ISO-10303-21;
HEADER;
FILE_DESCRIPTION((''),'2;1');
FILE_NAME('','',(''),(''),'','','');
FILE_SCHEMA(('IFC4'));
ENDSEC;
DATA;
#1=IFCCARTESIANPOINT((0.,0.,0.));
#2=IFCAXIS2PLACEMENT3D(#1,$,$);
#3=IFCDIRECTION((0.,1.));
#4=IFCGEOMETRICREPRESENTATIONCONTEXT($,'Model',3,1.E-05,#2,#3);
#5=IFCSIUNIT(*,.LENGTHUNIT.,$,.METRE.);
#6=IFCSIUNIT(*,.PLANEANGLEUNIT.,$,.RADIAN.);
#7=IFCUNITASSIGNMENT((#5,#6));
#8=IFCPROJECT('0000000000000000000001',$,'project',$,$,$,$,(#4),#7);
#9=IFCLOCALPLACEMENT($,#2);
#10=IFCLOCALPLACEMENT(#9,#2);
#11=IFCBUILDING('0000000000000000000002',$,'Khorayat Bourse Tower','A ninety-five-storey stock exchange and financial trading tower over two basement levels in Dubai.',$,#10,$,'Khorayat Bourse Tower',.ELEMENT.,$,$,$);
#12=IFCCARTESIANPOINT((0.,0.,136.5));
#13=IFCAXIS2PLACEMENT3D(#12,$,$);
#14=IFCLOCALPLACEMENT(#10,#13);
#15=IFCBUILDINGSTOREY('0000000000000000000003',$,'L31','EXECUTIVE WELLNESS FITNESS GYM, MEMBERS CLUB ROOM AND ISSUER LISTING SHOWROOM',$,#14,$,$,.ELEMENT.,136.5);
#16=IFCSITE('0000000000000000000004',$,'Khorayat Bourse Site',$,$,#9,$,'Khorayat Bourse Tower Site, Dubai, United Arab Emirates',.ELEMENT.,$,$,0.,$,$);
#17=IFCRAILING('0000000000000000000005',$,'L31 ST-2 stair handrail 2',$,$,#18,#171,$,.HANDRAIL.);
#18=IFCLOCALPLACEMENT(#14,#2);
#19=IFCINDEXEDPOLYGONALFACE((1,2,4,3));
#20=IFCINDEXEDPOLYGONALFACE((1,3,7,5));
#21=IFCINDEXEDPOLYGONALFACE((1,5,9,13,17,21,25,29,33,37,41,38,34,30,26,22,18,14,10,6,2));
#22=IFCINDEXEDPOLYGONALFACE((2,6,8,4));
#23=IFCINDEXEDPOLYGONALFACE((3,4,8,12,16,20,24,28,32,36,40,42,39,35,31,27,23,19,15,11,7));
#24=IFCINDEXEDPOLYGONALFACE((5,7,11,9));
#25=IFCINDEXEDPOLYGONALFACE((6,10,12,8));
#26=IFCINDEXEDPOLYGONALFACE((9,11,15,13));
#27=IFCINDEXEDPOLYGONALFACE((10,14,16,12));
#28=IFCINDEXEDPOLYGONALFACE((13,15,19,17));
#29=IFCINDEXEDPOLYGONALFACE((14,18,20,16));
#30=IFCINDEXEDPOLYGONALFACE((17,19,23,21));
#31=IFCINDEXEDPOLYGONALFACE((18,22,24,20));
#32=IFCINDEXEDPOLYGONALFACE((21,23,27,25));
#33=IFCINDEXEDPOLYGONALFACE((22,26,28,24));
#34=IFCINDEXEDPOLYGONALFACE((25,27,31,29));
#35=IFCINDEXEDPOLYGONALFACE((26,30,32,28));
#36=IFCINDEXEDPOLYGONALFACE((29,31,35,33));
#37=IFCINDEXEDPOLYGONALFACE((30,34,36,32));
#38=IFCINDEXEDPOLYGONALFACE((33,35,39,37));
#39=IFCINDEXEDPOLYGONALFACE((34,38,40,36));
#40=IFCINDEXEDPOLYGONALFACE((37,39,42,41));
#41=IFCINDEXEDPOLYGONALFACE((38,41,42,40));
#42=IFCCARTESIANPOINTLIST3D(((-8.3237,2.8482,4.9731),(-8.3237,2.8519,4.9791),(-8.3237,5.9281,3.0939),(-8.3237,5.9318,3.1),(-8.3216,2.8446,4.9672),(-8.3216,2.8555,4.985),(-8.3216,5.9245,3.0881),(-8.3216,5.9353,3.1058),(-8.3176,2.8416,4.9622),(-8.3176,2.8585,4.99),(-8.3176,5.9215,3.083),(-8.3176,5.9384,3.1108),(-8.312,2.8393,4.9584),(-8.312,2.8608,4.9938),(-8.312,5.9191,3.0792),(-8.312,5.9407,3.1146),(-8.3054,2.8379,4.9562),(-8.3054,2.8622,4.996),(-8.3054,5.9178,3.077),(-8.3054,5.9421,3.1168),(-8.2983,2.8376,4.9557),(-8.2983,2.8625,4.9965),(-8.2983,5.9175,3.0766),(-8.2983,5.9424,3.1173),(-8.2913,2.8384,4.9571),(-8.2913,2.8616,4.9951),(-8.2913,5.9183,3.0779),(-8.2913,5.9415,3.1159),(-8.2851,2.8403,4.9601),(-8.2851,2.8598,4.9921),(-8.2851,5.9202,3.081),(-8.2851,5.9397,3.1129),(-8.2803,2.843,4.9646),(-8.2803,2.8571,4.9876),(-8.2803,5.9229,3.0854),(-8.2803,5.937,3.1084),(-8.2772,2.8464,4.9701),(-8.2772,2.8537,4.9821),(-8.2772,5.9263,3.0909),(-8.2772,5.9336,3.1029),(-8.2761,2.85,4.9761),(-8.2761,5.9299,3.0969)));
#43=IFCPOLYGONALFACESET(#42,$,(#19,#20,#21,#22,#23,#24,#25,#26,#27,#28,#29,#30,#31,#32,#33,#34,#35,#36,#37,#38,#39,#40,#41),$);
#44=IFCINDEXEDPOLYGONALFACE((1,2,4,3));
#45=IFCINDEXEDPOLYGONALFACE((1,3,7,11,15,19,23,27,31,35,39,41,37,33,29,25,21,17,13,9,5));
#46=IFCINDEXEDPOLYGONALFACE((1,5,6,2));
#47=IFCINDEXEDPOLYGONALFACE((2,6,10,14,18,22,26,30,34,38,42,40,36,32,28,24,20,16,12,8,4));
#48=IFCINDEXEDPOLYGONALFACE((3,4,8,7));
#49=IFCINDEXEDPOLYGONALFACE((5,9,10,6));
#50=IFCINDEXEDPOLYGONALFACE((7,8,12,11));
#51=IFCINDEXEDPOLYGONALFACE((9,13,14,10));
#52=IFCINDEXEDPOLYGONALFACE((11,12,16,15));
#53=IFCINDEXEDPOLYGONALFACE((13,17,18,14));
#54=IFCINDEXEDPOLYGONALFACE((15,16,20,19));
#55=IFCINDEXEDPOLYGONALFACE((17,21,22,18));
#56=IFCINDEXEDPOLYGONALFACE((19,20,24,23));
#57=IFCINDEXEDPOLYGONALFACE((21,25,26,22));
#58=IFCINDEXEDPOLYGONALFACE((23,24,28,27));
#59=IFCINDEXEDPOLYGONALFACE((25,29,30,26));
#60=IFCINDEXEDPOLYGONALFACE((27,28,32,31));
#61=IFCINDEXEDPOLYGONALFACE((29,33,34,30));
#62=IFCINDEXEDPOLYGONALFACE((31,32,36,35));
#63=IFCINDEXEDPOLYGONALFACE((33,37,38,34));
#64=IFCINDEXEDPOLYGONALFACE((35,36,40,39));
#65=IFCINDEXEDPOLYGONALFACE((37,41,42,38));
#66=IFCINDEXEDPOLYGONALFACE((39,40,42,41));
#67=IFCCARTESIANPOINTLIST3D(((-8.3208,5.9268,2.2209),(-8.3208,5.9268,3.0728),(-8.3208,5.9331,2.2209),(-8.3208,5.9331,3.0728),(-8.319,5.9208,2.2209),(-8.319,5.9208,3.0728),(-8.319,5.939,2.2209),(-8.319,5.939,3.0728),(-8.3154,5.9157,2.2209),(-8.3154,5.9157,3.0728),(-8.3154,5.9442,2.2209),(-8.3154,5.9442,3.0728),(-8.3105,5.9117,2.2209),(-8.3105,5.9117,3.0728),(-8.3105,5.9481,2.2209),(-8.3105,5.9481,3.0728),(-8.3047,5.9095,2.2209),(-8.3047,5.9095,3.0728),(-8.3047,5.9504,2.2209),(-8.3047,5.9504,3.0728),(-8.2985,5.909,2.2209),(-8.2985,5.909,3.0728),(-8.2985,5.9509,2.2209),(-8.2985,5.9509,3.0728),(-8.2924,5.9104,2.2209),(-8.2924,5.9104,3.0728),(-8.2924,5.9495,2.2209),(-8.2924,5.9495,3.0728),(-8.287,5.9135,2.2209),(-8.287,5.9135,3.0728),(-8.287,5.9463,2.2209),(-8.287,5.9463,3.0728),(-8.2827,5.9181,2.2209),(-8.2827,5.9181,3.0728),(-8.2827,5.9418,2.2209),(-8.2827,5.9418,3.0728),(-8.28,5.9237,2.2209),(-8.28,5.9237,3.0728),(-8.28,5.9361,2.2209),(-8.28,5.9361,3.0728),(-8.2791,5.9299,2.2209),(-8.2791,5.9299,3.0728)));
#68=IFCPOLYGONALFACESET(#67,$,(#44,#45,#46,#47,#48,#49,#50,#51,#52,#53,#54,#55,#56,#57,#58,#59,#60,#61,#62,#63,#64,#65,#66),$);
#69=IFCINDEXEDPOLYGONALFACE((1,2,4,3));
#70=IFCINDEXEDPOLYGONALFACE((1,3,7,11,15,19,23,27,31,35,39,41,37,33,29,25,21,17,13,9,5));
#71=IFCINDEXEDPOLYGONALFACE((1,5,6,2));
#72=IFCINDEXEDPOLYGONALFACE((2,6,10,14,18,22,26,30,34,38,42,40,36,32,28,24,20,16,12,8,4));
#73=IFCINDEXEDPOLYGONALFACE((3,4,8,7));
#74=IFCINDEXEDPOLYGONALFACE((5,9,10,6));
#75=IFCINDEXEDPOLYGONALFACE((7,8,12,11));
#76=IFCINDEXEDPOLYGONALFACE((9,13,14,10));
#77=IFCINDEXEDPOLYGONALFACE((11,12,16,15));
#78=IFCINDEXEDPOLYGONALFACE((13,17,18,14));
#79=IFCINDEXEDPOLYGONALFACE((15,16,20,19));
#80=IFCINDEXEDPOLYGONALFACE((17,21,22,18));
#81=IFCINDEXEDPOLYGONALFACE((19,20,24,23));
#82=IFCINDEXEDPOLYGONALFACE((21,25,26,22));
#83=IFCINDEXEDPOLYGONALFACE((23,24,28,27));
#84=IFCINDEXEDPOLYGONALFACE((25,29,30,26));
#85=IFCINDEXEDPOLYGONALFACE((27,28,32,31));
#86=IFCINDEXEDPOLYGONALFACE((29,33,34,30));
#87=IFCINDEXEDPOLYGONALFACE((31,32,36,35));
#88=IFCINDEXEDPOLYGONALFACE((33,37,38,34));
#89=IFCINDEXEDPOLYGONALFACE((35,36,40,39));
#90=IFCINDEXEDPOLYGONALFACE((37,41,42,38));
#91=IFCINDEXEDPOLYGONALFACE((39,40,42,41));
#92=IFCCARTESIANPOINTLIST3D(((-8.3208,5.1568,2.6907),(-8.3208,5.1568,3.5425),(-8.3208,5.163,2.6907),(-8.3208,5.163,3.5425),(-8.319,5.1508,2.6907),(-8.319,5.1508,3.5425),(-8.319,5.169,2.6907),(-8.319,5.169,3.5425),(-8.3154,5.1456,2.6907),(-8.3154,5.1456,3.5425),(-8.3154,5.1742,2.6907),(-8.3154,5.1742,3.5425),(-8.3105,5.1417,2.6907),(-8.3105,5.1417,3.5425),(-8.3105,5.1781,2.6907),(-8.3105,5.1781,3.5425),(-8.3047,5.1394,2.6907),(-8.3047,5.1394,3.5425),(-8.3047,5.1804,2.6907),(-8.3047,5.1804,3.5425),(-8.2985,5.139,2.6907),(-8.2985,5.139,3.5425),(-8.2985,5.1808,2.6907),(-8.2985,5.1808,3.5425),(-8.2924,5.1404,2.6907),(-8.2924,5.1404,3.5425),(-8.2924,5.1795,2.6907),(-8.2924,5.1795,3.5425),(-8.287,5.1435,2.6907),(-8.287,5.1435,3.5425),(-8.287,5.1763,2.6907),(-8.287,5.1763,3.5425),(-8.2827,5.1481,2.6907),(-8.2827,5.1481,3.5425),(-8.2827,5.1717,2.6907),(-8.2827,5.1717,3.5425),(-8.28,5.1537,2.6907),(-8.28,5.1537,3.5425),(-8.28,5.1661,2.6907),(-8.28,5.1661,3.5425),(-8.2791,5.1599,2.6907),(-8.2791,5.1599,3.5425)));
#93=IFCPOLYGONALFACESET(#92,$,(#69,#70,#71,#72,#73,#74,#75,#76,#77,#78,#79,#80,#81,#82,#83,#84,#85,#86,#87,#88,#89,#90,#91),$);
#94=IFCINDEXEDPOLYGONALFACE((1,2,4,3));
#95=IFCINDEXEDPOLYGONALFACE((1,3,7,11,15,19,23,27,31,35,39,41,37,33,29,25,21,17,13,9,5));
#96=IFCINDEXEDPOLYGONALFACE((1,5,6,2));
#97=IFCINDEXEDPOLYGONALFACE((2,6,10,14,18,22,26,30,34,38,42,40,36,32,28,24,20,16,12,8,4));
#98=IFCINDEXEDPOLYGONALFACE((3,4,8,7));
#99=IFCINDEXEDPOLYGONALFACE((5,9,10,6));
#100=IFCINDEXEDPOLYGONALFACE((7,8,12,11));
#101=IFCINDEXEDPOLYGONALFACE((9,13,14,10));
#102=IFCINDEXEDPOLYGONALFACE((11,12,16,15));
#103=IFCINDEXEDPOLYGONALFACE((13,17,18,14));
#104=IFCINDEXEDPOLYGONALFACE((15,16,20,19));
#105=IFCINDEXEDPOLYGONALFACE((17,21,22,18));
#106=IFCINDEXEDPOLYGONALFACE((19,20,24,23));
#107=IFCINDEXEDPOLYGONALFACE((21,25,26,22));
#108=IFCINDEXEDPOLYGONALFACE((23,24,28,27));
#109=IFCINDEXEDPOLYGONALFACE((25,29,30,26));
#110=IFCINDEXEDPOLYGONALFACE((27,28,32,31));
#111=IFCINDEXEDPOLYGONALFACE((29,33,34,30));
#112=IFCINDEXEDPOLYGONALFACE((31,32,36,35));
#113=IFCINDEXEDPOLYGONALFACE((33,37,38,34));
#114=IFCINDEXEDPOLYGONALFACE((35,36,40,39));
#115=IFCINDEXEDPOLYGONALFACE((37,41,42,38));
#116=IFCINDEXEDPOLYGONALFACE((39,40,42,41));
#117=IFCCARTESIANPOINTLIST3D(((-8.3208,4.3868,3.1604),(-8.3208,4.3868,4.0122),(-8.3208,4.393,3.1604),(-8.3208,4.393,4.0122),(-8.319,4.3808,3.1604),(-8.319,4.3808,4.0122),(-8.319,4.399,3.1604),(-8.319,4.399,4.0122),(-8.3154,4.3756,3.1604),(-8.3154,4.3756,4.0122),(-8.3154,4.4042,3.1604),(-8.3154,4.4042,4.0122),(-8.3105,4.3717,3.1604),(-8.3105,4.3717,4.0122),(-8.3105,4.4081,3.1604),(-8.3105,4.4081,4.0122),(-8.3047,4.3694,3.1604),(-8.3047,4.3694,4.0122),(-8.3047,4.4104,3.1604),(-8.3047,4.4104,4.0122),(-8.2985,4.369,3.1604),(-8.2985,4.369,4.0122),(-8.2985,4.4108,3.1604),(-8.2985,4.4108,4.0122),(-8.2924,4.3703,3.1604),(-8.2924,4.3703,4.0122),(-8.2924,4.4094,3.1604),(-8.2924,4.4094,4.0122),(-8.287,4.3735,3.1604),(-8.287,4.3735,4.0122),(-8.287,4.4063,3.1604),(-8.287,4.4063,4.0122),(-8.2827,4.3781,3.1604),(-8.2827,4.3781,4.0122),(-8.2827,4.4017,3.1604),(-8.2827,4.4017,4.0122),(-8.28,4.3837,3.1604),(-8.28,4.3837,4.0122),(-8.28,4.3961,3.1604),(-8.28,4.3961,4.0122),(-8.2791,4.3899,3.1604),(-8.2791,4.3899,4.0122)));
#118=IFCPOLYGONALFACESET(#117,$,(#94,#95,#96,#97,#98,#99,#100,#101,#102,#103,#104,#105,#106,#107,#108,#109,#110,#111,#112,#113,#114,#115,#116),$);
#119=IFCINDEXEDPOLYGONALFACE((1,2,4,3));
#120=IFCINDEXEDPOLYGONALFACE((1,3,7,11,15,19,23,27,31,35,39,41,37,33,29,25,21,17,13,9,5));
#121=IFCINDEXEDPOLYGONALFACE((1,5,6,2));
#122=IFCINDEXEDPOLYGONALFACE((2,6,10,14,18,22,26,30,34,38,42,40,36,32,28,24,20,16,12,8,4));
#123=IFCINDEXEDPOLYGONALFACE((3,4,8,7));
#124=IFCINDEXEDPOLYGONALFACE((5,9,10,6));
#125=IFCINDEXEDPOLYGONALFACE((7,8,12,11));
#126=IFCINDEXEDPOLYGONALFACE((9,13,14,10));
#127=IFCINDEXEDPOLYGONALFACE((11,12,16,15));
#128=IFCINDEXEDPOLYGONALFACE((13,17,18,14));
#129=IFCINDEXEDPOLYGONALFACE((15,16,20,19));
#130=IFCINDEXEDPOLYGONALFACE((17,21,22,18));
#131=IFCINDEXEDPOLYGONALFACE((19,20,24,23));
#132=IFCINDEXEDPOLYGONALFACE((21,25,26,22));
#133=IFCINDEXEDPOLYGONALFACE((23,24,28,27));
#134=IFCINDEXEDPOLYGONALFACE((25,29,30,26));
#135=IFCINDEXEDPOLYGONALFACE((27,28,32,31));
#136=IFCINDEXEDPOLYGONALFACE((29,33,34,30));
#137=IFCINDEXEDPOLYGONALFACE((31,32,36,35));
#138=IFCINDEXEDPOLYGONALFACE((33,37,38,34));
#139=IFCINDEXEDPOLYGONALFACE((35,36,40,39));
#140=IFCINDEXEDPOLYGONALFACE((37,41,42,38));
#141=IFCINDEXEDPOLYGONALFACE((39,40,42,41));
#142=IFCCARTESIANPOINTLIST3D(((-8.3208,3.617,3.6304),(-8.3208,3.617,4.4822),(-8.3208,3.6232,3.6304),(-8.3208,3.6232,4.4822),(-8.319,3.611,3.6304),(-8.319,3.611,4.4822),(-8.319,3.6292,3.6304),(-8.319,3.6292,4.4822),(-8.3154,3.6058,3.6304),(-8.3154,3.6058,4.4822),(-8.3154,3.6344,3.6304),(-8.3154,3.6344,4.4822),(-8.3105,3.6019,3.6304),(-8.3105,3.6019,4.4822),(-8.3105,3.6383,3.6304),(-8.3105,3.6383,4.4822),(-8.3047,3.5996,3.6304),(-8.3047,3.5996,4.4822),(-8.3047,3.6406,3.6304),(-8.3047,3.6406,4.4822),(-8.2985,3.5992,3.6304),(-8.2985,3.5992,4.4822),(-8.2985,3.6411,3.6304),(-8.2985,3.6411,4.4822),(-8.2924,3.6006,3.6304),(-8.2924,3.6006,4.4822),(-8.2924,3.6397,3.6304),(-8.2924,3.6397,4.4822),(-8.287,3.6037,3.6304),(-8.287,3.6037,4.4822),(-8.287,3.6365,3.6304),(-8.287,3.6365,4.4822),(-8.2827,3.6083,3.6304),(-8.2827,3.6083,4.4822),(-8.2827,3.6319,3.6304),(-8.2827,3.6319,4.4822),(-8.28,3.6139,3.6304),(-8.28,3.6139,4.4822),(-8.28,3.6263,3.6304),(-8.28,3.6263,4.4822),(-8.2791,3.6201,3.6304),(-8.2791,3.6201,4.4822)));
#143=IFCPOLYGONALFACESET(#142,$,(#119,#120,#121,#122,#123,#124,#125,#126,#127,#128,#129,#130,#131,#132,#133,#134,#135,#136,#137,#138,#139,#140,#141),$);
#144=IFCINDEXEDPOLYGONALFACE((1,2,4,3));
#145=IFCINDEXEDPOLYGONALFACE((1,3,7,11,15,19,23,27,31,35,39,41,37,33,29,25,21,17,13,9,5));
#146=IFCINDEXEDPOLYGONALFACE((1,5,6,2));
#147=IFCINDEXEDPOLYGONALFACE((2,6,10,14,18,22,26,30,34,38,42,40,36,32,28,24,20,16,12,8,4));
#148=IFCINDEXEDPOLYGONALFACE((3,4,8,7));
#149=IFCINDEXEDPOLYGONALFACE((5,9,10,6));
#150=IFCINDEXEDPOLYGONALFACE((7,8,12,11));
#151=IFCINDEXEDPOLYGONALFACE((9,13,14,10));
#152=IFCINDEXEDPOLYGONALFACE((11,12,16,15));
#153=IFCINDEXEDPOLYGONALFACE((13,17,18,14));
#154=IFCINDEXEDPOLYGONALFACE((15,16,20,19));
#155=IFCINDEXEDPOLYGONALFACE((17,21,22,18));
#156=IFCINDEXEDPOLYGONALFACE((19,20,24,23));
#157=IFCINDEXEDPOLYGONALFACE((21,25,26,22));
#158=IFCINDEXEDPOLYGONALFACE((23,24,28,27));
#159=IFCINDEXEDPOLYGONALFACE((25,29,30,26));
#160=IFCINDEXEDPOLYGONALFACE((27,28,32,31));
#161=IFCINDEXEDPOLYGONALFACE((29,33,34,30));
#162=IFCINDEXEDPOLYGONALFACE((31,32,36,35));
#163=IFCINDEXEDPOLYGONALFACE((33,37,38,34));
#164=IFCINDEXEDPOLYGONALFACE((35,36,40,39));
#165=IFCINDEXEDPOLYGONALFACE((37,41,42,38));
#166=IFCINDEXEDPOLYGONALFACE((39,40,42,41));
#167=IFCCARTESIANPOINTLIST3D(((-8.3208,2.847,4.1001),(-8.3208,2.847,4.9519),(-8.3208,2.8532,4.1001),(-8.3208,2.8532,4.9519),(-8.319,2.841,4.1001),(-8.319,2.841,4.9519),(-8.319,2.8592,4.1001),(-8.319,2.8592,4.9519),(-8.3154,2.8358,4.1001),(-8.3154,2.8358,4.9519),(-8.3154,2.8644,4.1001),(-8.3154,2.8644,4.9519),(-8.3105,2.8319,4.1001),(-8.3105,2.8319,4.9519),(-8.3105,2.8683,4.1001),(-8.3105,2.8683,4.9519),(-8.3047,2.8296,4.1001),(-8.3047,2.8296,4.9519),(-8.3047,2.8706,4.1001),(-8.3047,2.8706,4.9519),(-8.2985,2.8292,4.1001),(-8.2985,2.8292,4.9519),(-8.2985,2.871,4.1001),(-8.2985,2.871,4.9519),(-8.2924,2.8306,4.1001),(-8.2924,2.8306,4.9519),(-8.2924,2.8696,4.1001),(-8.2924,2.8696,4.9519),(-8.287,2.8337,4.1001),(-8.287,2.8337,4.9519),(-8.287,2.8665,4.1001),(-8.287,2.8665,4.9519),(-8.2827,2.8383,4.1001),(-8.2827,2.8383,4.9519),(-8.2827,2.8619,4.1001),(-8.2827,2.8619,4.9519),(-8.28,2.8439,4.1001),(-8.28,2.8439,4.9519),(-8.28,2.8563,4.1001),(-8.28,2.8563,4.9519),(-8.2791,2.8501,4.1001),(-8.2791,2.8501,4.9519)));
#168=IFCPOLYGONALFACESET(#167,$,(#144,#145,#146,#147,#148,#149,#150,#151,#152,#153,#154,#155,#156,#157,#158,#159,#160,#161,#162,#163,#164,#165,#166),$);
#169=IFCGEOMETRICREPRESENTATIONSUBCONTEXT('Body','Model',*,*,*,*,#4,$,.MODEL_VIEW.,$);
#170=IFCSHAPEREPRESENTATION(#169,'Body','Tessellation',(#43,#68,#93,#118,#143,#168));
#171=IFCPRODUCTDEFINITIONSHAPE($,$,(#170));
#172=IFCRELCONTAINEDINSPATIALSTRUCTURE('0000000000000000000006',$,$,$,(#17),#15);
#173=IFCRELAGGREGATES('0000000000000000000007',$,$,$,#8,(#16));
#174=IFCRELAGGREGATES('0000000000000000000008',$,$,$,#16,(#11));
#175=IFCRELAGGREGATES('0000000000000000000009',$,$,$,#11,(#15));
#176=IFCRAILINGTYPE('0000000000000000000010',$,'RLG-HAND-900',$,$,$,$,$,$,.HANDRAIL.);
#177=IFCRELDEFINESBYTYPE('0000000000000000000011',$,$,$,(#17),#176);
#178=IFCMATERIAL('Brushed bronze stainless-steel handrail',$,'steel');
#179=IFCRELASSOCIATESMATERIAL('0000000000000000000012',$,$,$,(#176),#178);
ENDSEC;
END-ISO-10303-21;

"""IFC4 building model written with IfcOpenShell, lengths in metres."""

from ifc_helpers import new_model, si_unit, direction, frame, origin, origin_2d, place, context, subcontext, project, spatial, circle, extrude, source, transform, mapped, material, type_object, element, save


model = new_model("IFC4")

# Units and contexts
model_context = context("Model", 3, precision=1e-05, world=origin(), true_north=direction((0.0, 1.0)))
body_context = subcontext(model_context, "Body", "Model", "MODEL_VIEW")
ifc_project = project(units=[si_unit("LENGTHUNIT", "METRE"), si_unit("PLANEANGLEUNIT", "RADIAN")], contexts=[model_context])

# Site, building, storey
site_placement = place(None, origin())
site = spatial("IfcSite", under=ifc_project, at=site_placement, Name="Khorayat Bourse Site", LongName="Khorayat Bourse Tower Site, Dubai, United Arab Emirates", CompositionType="ELEMENT", RefElevation=0.0)
building_placement = place(site_placement, origin())
building = spatial("IfcBuilding", under=site, at=building_placement, Name="Khorayat Bourse Tower", Description="A ninety-five-storey stock exchange and financial trading tower over two basement levels in Dubai.", LongName="Khorayat Bourse Tower", CompositionType="ELEMENT")
storey_placement = place(building_placement, frame((0.0, 0.0, 136.5)))
storey = spatial("IfcBuildingStorey", under=building, at=storey_placement, Name="L31", Description="EXECUTIVE WELLNESS FITNESS GYM, MEMBERS CLUB ROOM AND ISSUER LISTING SHOWROOM", CompositionType="ELEMENT", Elevation=136.5)

# Railing
ifc_material_1 = material(Name="Brushed bronze stainless-steel handrail", Category="steel")
railing_type_1 = type_object("IfcRailingType", Name="RLG-HAND-900", PredefinedType="HANDRAIL", material=ifc_material_1)
shared_shape_1 = source(origin(), body_context, "Body", "SweptSolid", [
    extrude(circle(Radius=0.0239, at=origin_2d()), frame((0.0, 0.0, 0.876), z_axis=(0.0, -0.853648, 0.52085), x_axis=(1.0, 0.0, 0.0)), (0.0, 0.0, 1.0), 3.6079),
    extrude(circle(Radius=0.021, at=origin_2d()), origin(), (0.0, 0.0, 1.0), 0.8518),
    extrude(circle(Radius=0.021, at=origin_2d()), frame((0.0, -0.77, 0.4697)), (0.0, 0.0, 1.0), 0.8518),
    extrude(circle(Radius=0.021, at=origin_2d()), frame((0.0, -1.54, 0.9395)), (0.0, 0.0, 1.0), 0.8518),
    extrude(circle(Radius=0.021, at=origin_2d()), frame((0.0, -2.3098, 1.4094)), (0.0, 0.0, 1.0), 0.8518),
    extrude(circle(Radius=0.021, at=origin_2d()), frame((0.0, -3.0798, 1.8792)), (0.0, 0.0, 1.0), 0.8518),
])
railing_1_placement = place(storey_placement, frame((-8.3, 5.9299, 2.2209)))
element("IfcRailing", 1, at=railing_1_placement, inside=storey, type_object=railing_type_1, Name="L31 ST-2 stair handrail 2", PredefinedType="HANDRAIL", context=body_context, shape_type="MappedRepresentation", body=[
    mapped(shared_shape_1, transform((0.0, 0.0, 0.0), scale=1.0)),
])

save(model, "model.ifc")
